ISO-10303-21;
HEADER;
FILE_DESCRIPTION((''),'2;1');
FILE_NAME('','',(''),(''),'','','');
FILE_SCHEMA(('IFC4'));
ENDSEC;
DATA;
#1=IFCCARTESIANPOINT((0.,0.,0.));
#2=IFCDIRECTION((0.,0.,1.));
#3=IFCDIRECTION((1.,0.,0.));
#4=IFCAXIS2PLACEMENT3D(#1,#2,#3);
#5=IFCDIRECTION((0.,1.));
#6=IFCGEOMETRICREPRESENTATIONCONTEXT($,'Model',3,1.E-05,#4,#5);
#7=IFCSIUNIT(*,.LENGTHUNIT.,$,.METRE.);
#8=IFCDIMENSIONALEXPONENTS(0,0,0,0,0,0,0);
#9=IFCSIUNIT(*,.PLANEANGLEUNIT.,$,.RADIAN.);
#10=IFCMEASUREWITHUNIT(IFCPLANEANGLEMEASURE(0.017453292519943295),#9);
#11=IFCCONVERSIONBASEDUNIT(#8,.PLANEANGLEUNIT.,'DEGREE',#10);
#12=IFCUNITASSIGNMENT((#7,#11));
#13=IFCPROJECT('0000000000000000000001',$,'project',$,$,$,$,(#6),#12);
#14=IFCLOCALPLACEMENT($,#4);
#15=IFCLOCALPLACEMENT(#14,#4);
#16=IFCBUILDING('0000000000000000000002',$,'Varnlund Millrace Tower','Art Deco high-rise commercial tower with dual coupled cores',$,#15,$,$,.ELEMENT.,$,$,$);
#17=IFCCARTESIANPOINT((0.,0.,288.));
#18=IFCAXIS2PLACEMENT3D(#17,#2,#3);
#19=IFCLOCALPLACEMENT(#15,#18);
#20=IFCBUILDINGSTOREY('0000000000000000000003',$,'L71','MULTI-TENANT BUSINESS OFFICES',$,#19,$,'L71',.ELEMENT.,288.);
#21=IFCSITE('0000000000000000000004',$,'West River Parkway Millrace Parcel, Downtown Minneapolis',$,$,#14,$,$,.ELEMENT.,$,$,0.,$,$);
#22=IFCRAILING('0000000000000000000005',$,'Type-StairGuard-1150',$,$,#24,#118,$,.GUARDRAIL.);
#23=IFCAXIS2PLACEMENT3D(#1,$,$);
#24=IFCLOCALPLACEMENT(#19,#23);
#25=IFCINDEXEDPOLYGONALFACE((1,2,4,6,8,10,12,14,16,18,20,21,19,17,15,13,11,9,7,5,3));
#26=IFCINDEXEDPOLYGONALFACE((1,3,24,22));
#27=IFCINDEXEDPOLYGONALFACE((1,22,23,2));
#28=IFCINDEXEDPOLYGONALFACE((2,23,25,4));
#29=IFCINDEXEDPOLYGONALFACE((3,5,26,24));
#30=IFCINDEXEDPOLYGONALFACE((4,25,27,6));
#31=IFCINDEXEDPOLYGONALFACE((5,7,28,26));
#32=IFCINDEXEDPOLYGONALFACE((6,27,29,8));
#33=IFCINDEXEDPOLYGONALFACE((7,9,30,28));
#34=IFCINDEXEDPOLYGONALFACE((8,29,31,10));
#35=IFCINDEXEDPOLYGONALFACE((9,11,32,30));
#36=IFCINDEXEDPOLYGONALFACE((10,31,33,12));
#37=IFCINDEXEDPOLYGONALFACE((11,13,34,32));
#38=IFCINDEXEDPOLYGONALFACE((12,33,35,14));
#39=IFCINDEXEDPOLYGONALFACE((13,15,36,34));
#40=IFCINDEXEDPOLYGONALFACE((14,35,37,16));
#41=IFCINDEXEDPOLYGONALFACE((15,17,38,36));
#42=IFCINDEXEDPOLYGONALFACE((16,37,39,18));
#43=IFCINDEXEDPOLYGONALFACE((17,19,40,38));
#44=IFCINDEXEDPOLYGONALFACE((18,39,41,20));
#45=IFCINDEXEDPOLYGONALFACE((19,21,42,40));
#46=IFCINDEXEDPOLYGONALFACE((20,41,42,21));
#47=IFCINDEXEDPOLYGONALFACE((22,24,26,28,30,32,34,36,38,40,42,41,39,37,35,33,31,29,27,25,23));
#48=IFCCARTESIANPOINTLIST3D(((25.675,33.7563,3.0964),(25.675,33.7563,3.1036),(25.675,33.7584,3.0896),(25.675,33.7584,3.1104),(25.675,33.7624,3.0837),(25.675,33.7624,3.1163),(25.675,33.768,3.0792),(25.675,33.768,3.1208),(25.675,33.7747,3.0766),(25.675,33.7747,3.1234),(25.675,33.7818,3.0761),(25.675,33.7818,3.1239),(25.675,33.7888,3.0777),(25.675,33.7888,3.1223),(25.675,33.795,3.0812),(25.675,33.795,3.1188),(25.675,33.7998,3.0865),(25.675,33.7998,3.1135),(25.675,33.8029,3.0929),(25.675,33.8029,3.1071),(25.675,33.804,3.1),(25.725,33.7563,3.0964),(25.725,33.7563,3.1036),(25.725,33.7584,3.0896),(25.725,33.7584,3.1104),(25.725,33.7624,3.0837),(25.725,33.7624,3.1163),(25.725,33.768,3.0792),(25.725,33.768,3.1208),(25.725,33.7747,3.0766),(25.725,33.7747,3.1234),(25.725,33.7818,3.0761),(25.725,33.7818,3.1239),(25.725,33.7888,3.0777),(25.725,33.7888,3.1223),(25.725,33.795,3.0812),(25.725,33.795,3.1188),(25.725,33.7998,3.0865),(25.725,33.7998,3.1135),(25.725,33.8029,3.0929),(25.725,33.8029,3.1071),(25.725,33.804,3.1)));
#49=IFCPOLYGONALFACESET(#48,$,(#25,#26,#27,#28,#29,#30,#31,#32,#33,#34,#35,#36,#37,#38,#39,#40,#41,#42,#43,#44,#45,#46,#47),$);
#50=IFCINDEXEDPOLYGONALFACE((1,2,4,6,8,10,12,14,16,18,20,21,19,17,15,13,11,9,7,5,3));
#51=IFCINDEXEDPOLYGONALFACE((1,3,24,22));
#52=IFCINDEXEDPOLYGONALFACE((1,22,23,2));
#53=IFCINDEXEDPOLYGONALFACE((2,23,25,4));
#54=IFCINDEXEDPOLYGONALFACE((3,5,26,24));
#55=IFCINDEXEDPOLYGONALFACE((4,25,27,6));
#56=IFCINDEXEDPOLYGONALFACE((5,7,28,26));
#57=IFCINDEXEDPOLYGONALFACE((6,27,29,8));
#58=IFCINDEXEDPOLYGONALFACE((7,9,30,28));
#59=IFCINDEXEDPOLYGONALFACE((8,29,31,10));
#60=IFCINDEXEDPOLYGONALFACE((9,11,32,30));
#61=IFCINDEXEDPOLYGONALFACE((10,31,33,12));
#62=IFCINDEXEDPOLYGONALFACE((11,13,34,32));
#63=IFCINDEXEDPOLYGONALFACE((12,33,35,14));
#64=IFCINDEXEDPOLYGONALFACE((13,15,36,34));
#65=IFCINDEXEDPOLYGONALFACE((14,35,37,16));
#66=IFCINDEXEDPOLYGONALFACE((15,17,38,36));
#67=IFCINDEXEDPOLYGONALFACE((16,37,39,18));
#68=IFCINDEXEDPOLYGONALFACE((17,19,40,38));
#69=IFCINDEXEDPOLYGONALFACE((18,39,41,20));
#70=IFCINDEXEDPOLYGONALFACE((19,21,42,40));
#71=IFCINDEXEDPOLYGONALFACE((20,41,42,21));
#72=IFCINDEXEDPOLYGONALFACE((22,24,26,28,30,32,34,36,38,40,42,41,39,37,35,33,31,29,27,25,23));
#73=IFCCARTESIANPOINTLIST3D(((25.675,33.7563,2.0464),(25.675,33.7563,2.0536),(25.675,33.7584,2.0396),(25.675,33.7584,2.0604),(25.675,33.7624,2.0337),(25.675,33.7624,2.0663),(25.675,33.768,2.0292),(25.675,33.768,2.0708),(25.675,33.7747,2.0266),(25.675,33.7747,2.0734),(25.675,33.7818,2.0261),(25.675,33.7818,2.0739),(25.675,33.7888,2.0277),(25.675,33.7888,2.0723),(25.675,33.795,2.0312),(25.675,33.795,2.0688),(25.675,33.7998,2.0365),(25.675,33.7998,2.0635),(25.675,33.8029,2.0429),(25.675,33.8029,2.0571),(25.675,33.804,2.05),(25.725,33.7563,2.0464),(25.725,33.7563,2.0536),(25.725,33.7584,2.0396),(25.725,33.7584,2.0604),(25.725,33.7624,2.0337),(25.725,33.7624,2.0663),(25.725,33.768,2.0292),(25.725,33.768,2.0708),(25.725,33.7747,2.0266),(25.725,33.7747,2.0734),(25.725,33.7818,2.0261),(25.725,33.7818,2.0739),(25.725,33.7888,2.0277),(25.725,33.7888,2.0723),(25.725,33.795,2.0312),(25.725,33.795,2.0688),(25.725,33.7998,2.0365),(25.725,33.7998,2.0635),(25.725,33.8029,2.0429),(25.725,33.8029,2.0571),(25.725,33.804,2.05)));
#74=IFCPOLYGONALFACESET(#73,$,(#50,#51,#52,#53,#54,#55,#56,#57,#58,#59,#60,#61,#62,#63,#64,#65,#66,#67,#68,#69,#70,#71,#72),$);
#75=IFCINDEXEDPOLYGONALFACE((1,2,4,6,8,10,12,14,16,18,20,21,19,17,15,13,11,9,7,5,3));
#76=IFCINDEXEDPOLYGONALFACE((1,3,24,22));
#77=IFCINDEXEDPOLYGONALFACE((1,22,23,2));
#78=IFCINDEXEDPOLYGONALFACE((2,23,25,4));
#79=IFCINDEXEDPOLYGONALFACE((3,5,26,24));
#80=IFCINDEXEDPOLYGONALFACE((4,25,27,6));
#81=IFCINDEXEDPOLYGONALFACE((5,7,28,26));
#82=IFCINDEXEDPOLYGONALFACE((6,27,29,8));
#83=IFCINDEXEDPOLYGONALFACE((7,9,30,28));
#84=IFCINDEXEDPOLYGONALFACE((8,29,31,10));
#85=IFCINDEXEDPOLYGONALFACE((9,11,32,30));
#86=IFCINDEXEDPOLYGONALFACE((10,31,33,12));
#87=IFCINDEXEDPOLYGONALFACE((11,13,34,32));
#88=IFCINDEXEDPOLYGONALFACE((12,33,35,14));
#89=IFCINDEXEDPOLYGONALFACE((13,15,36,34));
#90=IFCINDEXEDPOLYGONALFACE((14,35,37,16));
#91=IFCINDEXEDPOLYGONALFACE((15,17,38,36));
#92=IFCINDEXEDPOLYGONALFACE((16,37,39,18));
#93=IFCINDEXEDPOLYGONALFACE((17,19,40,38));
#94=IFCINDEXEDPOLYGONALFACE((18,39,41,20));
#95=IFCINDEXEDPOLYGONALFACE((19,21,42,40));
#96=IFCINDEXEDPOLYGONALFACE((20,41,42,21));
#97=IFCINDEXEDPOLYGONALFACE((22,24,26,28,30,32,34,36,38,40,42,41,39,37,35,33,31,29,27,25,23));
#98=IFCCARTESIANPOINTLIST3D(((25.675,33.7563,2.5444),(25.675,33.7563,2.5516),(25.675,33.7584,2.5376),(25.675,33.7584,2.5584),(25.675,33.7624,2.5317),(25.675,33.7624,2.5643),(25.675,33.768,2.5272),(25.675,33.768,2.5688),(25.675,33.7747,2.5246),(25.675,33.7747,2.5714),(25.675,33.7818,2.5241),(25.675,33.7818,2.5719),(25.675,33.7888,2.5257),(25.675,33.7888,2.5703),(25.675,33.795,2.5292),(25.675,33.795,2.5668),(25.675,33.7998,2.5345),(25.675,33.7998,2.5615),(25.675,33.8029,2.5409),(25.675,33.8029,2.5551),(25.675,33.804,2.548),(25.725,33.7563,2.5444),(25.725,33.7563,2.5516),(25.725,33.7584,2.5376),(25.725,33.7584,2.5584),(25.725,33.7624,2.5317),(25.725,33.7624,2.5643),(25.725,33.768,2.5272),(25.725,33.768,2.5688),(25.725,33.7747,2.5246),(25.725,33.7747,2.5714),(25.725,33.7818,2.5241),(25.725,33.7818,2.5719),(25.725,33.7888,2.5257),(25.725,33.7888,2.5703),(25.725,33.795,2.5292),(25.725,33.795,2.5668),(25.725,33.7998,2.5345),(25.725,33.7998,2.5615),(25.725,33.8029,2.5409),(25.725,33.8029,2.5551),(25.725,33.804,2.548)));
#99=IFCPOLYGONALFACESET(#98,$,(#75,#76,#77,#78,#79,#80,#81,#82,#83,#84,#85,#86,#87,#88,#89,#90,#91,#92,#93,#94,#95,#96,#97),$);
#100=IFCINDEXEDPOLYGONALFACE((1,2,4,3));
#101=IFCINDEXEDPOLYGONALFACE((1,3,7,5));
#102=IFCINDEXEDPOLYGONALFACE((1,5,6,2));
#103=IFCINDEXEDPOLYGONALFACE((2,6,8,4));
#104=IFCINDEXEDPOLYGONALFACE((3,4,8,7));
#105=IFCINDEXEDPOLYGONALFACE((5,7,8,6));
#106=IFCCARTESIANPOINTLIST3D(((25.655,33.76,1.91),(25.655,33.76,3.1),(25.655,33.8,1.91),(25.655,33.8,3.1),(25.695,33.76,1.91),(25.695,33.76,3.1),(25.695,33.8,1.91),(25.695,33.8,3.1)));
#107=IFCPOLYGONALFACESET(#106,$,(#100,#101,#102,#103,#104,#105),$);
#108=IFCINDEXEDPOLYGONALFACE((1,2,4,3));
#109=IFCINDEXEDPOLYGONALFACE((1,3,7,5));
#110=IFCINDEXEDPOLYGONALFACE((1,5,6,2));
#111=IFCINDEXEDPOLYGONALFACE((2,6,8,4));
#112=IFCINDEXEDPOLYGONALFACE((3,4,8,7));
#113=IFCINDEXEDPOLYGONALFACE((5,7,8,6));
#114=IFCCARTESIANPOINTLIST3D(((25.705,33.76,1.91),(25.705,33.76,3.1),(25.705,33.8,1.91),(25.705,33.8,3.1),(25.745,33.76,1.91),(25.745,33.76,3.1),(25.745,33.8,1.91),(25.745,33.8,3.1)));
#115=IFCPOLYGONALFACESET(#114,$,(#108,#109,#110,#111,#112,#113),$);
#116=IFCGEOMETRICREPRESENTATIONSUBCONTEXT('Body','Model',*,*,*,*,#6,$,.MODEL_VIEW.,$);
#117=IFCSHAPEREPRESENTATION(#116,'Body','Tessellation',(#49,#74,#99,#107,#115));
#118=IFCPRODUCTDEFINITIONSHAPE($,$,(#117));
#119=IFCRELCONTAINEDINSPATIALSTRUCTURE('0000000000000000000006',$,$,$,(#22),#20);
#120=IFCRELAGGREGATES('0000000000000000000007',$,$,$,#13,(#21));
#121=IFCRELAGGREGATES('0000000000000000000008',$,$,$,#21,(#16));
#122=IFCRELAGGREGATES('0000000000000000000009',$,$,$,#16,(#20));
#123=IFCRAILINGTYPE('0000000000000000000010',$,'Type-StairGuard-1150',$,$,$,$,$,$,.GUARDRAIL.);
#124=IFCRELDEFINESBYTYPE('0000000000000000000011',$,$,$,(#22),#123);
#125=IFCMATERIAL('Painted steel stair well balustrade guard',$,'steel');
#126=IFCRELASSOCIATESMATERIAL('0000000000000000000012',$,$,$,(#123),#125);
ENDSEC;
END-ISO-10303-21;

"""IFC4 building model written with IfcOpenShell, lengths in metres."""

from ifc_helpers import new_model, entity, si_unit, converted_unit, direction, frame, origin_with_axes, origin_2d_with_axis, place, context, subcontext, project, spatial, rectangle, circle, extrude, material, type_object, element, save


model = new_model("IFC4")

# Units and contexts
model_context = context("Model", 3, precision=1e-05, world=origin_with_axes(), true_north=direction((0.0, 1.0)))
body_context = subcontext(model_context, "Body", "Model", "MODEL_VIEW")
ifc_project = project(units=[si_unit("LENGTHUNIT", "METRE"), converted_unit("PLANEANGLEUNIT", "DEGREE", entity("IfcPlaneAngleMeasure", 0.017453292519943295), si_unit("PLANEANGLEUNIT", "RADIAN"), dimensions=[0, 0, 0, 0, 0, 0, 0])], contexts=[model_context])

# Site, building, storey
site_placement = place(None, origin_with_axes())
site = spatial("IfcSite", under=ifc_project, at=site_placement, Name="West River Parkway Millrace Parcel, Downtown Minneapolis", CompositionType="ELEMENT", RefElevation=0.0)
building_placement = place(site_placement, origin_with_axes())
building = spatial("IfcBuilding", under=site, at=building_placement, Name="Varnlund Millrace Tower", Description="Art Deco high-rise commercial tower with dual coupled cores", CompositionType="ELEMENT")
storey_placement = place(building_placement, frame((0.0, 0.0, 288.0), z_axis=(0.0, 0.0, 1.0), x_axis=(1.0, 0.0, 0.0)))
storey = spatial("IfcBuildingStorey", under=building, at=storey_placement, Name="L71", Description="MULTI-TENANT BUSINESS OFFICES", LongName="L71", CompositionType="ELEMENT", Elevation=288.0)

# Railing
ifc_material_1 = material(Name="Painted steel stair well balustrade guard", Category="steel")
railing_type_1 = type_object("IfcRailingType", Name="Type-StairGuard-1150", PredefinedType="GUARDRAIL", material=ifc_material_1)
railing_1_placement = place(storey_placement, frame((0.0, 0.0, -288.0), z_axis=(0.0, 0.0, 1.0), x_axis=(1.0, 0.0, 0.0)))
element("IfcRailing", 1, at=railing_1_placement, inside=storey, type_object=railing_type_1, Name="Type-StairGuard-1150", PredefinedType="GUARDRAIL", context=body_context, shape_type="SweptSolid", body=[
    extrude(circle(Radius=0.024, at=origin_2d_with_axis()), frame((25.675, 33.78, 291.1), z_axis=(1.0, 0.0, 0.0), x_axis=(0.0, 1.0, 0.0)), (0.0, 0.0, 1.0), 0.05),
    extrude(circle(Radius=0.024, at=origin_2d_with_axis()), frame((25.675, 33.78, 290.05), z_axis=(1.0, 0.0, 0.0), x_axis=(0.0, 1.0, 0.0)), (0.0, 0.0, 1.0), 0.05),
    extrude(circle(Radius=0.024, at=origin_2d_with_axis()), frame((25.675, 33.78, 290.548), z_axis=(1.0, 0.0, 0.0), x_axis=(0.0, 1.0, 0.0)), (0.0, 0.0, 1.0), 0.05),
    extrude(rectangle(XDim=0.04, YDim=0.04, at=origin_2d_with_axis()), frame((25.675, 33.78, 289.91), z_axis=(0.0, 0.0, 1.0), x_axis=(1.0, 0.0, 0.0)), (0.0, 0.0, 1.0), 1.19),
    extrude(rectangle(XDim=0.04, YDim=0.04, at=origin_2d_with_axis()), frame((25.725, 33.78, 289.91), z_axis=(0.0, 0.0, 1.0), x_axis=(1.0, 0.0, 0.0)), (0.0, 0.0, 1.0), 1.19),
])

save(model, "model.ifc")
